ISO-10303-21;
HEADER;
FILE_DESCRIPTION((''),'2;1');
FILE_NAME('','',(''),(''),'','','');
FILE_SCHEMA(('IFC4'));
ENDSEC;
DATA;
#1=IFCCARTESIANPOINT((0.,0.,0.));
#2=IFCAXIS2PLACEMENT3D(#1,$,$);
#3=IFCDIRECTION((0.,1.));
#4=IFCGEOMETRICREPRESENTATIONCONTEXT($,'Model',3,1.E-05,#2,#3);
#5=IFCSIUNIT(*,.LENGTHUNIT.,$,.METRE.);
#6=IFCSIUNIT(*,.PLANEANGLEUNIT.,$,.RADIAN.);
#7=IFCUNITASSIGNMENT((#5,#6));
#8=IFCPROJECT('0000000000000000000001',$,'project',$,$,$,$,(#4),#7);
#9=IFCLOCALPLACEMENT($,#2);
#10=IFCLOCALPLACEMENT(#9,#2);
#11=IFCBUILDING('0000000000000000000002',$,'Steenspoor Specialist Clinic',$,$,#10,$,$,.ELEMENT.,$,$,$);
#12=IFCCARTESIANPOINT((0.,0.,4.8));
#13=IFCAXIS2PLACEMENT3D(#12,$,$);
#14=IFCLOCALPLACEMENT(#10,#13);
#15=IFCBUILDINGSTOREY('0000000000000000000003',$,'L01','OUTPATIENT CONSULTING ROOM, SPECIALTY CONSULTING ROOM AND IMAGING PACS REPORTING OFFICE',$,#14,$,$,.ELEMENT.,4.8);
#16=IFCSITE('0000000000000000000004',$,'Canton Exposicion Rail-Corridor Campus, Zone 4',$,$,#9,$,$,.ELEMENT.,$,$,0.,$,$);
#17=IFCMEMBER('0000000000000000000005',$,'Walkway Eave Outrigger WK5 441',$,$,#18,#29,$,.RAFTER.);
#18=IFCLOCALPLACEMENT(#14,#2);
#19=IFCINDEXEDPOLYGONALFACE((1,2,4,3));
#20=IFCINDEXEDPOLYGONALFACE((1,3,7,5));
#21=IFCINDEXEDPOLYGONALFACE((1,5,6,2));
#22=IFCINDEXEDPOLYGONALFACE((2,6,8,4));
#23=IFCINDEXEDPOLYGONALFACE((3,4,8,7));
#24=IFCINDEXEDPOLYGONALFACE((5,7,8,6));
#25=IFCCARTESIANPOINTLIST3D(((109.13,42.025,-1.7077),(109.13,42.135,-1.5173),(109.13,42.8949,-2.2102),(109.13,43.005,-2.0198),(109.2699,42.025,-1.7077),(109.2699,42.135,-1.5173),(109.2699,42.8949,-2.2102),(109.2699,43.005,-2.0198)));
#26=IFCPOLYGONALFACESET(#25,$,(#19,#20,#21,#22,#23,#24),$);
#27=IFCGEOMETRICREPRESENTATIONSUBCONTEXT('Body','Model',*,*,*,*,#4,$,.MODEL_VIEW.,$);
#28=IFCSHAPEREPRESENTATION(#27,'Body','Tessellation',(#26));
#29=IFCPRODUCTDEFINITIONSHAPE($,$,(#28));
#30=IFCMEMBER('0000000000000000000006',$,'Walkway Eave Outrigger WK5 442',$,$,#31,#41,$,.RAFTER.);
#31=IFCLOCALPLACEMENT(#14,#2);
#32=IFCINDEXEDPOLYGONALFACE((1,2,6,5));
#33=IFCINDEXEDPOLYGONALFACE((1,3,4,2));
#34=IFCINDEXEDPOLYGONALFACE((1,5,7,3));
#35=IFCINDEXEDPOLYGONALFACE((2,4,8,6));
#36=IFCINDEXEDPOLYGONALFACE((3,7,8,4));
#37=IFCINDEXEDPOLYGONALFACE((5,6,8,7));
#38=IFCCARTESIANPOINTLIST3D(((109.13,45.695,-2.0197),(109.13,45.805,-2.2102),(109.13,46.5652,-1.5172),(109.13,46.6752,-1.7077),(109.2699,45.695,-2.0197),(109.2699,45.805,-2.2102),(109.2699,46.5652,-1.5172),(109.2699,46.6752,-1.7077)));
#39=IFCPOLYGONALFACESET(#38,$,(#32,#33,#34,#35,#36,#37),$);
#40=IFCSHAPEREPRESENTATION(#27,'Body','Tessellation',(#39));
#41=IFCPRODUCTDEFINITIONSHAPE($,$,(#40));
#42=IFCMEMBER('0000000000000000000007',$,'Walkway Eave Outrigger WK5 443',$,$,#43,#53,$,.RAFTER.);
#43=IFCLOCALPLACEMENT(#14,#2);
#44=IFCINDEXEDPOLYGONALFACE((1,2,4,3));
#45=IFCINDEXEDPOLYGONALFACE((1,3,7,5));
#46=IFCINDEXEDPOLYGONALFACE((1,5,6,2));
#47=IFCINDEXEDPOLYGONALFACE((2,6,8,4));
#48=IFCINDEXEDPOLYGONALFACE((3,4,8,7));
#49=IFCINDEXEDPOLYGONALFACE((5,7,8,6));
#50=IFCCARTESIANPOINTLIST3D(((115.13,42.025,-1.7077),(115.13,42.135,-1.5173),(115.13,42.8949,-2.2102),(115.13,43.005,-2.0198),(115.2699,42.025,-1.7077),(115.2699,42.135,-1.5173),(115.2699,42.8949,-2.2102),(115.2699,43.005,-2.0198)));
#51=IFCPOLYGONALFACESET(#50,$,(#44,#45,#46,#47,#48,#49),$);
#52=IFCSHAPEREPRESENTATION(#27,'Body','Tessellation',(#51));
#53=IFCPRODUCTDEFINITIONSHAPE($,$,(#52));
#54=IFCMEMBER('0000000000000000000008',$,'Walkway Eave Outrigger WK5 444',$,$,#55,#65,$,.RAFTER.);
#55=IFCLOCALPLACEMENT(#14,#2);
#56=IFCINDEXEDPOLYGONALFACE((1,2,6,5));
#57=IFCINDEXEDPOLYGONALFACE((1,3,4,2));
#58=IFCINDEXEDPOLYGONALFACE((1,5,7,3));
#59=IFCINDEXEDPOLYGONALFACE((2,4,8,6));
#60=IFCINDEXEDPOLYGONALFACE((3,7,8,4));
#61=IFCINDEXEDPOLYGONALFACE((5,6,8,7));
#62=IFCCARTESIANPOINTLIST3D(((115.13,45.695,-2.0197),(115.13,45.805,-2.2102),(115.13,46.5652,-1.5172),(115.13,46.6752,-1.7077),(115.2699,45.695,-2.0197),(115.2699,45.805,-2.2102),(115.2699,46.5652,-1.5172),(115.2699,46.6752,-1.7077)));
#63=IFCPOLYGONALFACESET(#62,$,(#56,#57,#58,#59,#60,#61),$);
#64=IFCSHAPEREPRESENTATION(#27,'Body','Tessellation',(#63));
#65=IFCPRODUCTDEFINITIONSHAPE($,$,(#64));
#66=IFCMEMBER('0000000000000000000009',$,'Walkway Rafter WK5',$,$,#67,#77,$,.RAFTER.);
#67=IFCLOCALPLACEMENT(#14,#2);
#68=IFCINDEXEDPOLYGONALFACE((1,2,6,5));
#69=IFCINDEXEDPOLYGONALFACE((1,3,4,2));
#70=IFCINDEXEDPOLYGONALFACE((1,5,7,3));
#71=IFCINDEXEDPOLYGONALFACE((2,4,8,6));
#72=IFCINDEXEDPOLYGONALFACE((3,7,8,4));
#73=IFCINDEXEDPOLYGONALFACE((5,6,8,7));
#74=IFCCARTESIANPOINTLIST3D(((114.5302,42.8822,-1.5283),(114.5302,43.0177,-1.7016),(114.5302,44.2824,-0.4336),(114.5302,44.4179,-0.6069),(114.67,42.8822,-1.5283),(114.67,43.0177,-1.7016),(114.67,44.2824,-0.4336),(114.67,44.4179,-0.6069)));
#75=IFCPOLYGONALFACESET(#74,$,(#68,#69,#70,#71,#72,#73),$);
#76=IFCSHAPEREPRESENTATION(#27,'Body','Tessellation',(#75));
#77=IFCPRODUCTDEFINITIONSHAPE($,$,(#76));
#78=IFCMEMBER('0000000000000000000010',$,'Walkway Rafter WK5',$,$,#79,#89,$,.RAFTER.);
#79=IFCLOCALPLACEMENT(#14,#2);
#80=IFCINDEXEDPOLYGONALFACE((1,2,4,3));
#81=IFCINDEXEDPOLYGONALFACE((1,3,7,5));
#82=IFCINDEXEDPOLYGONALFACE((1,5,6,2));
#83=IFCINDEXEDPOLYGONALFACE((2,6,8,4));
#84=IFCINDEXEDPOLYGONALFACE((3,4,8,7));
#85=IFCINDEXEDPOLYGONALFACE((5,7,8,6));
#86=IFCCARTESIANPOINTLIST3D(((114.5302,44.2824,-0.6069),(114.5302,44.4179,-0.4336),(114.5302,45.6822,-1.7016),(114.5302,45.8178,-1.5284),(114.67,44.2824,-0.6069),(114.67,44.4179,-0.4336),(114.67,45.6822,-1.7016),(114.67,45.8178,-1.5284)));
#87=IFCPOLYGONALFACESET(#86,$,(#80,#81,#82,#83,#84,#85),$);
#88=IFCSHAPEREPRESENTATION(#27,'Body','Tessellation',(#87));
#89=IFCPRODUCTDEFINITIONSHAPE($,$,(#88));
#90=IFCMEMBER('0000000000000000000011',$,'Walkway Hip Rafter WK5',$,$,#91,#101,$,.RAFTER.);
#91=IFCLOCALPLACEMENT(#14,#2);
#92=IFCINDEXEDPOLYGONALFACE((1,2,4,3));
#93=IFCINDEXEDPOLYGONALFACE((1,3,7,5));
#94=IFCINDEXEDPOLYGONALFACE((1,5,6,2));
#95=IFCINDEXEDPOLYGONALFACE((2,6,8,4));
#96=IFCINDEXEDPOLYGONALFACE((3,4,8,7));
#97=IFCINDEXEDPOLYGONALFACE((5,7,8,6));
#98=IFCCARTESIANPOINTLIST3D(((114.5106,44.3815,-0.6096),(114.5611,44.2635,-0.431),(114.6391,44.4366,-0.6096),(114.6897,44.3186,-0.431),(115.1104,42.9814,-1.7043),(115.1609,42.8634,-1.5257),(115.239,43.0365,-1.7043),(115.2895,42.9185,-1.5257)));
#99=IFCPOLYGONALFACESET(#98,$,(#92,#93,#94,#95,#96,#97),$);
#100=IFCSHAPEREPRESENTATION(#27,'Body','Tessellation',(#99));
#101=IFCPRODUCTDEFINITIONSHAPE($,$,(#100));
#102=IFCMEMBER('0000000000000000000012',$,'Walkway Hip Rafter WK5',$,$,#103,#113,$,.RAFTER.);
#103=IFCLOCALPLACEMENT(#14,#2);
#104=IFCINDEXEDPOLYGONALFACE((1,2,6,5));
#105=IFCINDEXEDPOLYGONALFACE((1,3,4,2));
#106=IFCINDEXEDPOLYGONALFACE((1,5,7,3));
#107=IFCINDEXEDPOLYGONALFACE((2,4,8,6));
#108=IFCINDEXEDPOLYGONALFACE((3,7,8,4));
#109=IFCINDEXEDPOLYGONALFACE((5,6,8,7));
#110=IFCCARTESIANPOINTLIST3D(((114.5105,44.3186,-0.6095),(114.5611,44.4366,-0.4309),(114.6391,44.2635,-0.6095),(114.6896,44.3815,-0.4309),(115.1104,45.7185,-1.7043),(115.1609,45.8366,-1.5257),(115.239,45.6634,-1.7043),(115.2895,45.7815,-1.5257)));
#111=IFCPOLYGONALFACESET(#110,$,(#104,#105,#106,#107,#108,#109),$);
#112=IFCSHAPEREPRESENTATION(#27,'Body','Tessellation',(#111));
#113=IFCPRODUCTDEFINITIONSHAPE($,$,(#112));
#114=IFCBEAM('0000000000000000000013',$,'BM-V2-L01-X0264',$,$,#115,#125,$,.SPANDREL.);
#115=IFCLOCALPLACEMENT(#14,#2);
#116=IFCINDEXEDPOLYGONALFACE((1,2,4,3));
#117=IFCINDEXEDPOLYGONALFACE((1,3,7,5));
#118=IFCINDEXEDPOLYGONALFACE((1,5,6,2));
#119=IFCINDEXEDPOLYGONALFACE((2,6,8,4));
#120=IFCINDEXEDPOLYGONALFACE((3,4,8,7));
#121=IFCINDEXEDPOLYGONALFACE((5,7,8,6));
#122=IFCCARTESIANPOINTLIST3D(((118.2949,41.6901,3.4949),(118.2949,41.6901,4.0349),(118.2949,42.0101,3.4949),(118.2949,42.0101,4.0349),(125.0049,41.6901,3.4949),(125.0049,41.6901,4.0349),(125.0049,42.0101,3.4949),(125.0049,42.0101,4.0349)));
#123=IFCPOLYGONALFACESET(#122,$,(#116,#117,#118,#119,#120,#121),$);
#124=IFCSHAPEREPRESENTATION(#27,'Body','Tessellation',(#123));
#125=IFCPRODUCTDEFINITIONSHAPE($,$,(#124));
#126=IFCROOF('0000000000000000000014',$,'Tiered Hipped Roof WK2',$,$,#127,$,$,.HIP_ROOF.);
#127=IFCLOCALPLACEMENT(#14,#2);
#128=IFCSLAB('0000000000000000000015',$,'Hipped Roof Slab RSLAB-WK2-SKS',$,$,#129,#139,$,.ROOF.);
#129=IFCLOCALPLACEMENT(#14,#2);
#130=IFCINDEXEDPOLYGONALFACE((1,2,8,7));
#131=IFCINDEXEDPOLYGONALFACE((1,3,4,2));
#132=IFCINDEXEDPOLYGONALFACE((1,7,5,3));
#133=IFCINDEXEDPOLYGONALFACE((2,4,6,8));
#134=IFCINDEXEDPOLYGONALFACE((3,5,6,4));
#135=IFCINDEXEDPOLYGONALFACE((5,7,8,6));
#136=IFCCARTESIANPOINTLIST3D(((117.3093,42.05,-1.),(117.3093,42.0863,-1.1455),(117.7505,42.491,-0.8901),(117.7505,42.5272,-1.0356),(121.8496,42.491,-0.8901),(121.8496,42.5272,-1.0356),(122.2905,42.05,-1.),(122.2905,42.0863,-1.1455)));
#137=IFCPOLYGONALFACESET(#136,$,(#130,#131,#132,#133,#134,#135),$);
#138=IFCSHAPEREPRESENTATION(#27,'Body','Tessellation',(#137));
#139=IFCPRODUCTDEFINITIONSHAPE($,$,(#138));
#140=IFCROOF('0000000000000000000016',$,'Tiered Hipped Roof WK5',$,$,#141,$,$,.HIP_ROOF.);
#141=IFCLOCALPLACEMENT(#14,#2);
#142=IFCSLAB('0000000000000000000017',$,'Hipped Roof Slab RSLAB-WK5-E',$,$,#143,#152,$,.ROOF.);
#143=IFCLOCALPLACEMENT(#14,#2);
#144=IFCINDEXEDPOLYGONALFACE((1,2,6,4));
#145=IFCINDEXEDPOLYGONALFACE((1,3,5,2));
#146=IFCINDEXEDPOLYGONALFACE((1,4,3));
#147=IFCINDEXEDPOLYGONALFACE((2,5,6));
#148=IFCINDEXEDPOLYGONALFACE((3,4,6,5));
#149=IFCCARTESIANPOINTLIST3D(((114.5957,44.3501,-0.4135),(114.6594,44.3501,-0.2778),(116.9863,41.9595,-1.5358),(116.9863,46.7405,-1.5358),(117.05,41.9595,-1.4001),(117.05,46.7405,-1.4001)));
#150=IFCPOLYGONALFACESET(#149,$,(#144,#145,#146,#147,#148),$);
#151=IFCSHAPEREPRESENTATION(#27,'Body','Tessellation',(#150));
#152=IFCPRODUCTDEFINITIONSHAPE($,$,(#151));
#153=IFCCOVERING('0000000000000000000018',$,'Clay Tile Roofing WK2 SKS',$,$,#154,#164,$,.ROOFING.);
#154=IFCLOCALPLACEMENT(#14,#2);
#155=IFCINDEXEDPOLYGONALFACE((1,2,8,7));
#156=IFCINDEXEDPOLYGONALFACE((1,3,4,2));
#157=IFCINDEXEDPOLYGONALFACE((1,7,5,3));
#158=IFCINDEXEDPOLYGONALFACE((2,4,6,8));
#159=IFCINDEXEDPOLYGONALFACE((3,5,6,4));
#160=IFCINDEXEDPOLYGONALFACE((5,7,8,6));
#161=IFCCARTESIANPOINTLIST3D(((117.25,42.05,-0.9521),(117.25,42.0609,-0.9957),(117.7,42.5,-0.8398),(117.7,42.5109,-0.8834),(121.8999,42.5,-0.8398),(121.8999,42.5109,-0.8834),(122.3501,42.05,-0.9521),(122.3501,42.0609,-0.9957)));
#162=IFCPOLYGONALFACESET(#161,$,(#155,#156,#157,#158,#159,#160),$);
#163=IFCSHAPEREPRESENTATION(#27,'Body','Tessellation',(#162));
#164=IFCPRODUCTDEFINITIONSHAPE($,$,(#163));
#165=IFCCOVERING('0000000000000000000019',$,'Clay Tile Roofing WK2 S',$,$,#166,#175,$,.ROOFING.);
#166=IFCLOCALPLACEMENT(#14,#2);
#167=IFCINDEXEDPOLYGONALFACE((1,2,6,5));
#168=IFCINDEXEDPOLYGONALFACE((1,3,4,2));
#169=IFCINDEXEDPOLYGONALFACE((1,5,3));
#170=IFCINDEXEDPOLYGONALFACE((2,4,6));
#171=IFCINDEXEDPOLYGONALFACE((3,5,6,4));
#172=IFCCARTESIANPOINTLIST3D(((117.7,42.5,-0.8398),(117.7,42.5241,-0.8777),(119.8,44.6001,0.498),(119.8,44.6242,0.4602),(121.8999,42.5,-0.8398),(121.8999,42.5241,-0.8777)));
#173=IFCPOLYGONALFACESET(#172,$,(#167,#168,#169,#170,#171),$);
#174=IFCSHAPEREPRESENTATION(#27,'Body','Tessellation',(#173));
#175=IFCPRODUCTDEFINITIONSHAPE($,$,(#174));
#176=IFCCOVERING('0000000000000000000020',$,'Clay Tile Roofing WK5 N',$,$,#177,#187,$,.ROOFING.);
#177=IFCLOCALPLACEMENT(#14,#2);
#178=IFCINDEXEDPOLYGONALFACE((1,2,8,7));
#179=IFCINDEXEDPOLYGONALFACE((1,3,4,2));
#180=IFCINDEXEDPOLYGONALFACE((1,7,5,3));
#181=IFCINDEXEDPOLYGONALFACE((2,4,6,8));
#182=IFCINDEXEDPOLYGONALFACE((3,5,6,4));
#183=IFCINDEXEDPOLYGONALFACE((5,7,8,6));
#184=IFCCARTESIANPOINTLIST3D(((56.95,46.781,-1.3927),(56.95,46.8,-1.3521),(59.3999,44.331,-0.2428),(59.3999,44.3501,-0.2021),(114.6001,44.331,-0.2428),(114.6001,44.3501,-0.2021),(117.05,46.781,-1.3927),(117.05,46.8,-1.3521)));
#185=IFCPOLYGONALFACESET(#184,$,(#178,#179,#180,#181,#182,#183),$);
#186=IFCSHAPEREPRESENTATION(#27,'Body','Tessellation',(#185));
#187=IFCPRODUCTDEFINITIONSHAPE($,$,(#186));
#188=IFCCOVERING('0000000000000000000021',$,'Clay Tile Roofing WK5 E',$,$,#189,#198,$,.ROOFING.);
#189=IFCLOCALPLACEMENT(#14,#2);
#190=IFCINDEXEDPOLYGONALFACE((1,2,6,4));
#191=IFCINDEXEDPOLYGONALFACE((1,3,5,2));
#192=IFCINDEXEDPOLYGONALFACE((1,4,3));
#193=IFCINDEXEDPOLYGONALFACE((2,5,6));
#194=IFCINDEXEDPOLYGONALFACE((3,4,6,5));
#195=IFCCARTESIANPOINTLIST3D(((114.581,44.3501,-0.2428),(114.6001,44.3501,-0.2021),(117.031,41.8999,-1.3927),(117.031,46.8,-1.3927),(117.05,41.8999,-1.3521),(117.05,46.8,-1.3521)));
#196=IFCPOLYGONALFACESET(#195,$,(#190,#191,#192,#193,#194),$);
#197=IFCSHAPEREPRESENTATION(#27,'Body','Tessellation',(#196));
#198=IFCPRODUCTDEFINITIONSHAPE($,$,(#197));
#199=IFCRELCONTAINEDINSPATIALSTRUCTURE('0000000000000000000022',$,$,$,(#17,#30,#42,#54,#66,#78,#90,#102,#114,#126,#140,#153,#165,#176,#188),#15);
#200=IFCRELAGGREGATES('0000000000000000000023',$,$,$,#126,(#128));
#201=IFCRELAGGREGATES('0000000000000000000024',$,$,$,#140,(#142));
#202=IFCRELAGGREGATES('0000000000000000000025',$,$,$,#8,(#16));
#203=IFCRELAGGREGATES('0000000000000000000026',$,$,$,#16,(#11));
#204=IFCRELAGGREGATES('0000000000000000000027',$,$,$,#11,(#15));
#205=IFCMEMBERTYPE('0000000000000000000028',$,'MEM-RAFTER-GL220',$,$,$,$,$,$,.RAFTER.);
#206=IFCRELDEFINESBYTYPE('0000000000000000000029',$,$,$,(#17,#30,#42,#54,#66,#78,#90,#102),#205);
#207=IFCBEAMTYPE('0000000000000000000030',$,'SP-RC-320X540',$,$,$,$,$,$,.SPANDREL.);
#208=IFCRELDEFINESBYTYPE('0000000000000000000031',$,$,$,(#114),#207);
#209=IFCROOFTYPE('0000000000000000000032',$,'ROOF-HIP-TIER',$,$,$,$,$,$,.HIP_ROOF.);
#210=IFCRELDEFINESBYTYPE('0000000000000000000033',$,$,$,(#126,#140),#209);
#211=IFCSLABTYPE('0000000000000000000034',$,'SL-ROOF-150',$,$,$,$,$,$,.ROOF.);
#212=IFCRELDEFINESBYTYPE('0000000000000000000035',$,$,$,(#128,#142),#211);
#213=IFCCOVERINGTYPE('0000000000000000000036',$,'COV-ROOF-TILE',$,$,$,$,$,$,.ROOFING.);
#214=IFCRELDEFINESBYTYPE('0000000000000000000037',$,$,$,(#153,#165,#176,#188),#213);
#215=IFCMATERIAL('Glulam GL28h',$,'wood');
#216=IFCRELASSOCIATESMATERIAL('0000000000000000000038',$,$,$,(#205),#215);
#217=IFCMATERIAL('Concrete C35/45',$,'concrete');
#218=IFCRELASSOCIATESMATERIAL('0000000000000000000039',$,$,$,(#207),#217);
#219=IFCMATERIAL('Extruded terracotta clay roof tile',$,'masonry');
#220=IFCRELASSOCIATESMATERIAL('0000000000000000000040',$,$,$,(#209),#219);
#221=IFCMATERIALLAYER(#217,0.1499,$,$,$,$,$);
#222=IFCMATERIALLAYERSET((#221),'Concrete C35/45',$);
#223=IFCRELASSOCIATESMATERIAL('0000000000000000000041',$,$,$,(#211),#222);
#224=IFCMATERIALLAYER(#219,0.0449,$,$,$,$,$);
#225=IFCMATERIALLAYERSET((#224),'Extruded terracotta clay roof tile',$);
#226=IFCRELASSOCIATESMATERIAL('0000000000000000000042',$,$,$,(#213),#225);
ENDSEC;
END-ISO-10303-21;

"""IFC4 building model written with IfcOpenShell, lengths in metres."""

from ifc_helpers import new_model, si_unit, direction, frame, origin, origin_2d, place, context, subcontext, project, spatial, polyline, rectangle, outline, extrude, material, layer, layer_set, material_profile, profile_set, type_object, element, aggregate, save


model = new_model("IFC4")

# Units and contexts
model_context = context("Model", 3, precision=1e-05, world=origin(), true_north=direction((0.0, 1.0)))
body_context = subcontext(model_context, "Body", "Model", "MODEL_VIEW")
ifc_project = project(units=[si_unit("LENGTHUNIT", "METRE"), si_unit("PLANEANGLEUNIT", "RADIAN")], contexts=[model_context])

# Site, building, storey
site_placement = place(None, origin())
site = spatial("IfcSite", under=ifc_project, at=site_placement, Name="Canton Exposicion Rail-Corridor Campus, Zone 4", CompositionType="ELEMENT", RefElevation=0.0)
building_placement = place(site_placement, origin())
building = spatial("IfcBuilding", under=site, at=building_placement, Name="Steenspoor Specialist Clinic", CompositionType="ELEMENT")
storey_placement = place(building_placement, frame((0.0, 0.0, 4.8)))
storey = spatial("IfcBuildingStorey", under=building, at=storey_placement, Name="L01", Description="OUTPATIENT CONSULTING ROOM, SPECIALTY CONSULTING ROOM AND IMAGING PACS REPORTING OFFICE", CompositionType="ELEMENT", Elevation=4.8)

# Members
ifc_material_1 = material(Name="Glulam GL28h", Category="wood")
ifc_material_profile_1 = material_profile(ifc_material_1, rectangle(XDim=0.1399, YDim=0.22, at=origin_2d()), Name="GL28H-140X220")
ifc_profile_set_1 = profile_set([ifc_material_profile_1], Name="Glulam GL28h")
member_type_1 = type_object("IfcMemberType", Name="MEM-RAFTER-GL220", PredefinedType="RAFTER", material=ifc_profile_set_1)
member_1_placement = place(storey_placement, frame((109.2, 42.95, -2.115), z_axis=(0.0, -0.865931, 0.500164), x_axis=(1.0, 0.0, 0.0)))
element("IfcMember", 1, at=member_1_placement, inside=storey, type_object=member_type_1, Name="Walkway Eave Outrigger WK5 441", PredefinedType="RAFTER", context=body_context, shape_type="SweptSolid", body=[
    extrude(rectangle(XDim=0.1399, YDim=0.22, at=origin_2d()), origin(), (0.0, 0.0, 1.0), 1.0046),
])
member_2_placement = place(storey_placement, frame((109.2, 45.75, -2.115), z_axis=(0.0, 0.865991, 0.500059), x_axis=(-1.0, 0.0, 0.0)))
element("IfcMember", 2, at=member_2_placement, inside=storey, type_object=member_type_1, Name="Walkway Eave Outrigger WK5 442", PredefinedType="RAFTER", context=body_context, shape_type="SweptSolid", body=[
    extrude(rectangle(XDim=0.1399, YDim=0.22, at=origin_2d()), origin(), (0.0, 0.0, 1.0), 1.0049),
])
member_3_placement = place(storey_placement, frame((115.2, 42.95, -2.115), z_axis=(0.0, -0.865931, 0.500164), x_axis=(1.0, 0.0, 0.0)))
element("IfcMember", 3, at=member_3_placement, inside=storey, type_object=member_type_1, Name="Walkway Eave Outrigger WK5 443", PredefinedType="RAFTER", context=body_context, shape_type="SweptSolid", body=[
    extrude(rectangle(XDim=0.1399, YDim=0.22, at=origin_2d()), origin(), (0.0, 0.0, 1.0), 1.0046),
])
member_4_placement = place(storey_placement, frame((115.2, 45.75, -2.115), z_axis=(0.0, 0.865991, 0.500059), x_axis=(-1.0, 0.0, 0.0)))
element("IfcMember", 4, at=member_4_placement, inside=storey, type_object=member_type_1, Name="Walkway Eave Outrigger WK5 444", PredefinedType="RAFTER", context=body_context, shape_type="SweptSolid", body=[
    extrude(rectangle(XDim=0.1399, YDim=0.22, at=origin_2d()), origin(), (0.0, 0.0, 1.0), 1.0049),
])
member_5_placement = place(storey_placement, frame((114.6001, 42.95, -1.615), z_axis=(0.0, 0.787789, 0.615945), x_axis=(-1.0, 0.0, 0.0)))
element("IfcMember", 5, at=member_5_placement, inside=storey, type_object=member_type_1, Name="Walkway Rafter WK5", PredefinedType="RAFTER", context=body_context, shape_type="SweptSolid", body=[
    extrude(rectangle(XDim=0.1399, YDim=0.22, at=origin_2d()), origin(), (0.0, 0.0, 1.0), 1.7773),
])
member_6_placement = place(storey_placement, frame((114.6001, 45.75, -1.615), z_axis=(0.0, -0.787737, 0.616012), x_axis=(1.0, 0.0, 0.0)))
element("IfcMember", 6, at=member_6_placement, inside=storey, type_object=member_type_1, Name="Walkway Rafter WK5", PredefinedType="RAFTER", context=body_context, shape_type="SweptSolid", body=[
    extrude(rectangle(XDim=0.1399, YDim=0.22, at=origin_2d()), origin(), (0.0, 0.0, 1.0), 1.7771),
])
for number, where, z_axis, x_axis, name in (
    (7, (115.2, 42.95, -1.615), (-0.319784, 0.746423, 0.583602), (-0.919195, -0.393803, 0.0), "Walkway Hip Rafter WK5"),
    (8, (115.2, 45.75, -1.615), (-0.319815, -0.746365, 0.583659), (0.91917, -0.393861, 0.0), "Walkway Hip Rafter WK5"),
):
    element("IfcMember", number, at=place(storey_placement, frame(where, z_axis=z_axis, x_axis=x_axis)), inside=storey, type_object=member_type_1, Name=name, PredefinedType="RAFTER", context=body_context, shape_type="SweptSolid", body=[
        extrude(rectangle(XDim=0.1399, YDim=0.22, at=origin_2d()), origin(), (0.0, 0.0, 1.0), 1.8757),
    ])

# Beam
ifc_material_2 = material(Name="Concrete C35/45", Category="concrete")
ifc_material_profile_2 = material_profile(ifc_material_2, rectangle(XDim=0.3201, YDim=0.54, at=origin_2d()), Name="RC-SP-320X540")
ifc_profile_set_2 = profile_set([ifc_material_profile_2], Name="Concrete C35/45")
beam_type = type_object("IfcBeamType", Name="SP-RC-320X540", PredefinedType="SPANDREL", material=ifc_profile_set_2)
beam_placement = place(storey_placement, frame((118.2949, 41.8501, 3.7649), z_axis=(1.0, 0.0, 0.0), x_axis=(0.0, 1.0, 0.0)))
element("IfcBeam", 9, at=beam_placement, inside=storey, type_object=beam_type, Name="BM-V2-L01-X0264", PredefinedType="SPANDREL", context=body_context, shape_type="SweptSolid", body=[
    extrude(rectangle(XDim=0.3201, YDim=0.54, at=origin_2d()), origin(), (0.0, 0.0, 1.0), 6.71),
])

# Roofs, slabs
ifc_material_3 = material(Name="Extruded terracotta clay roof tile", Category="masonry")
roof_type = type_object("IfcRoofType", Name="ROOF-HIP-TIER", PredefinedType="HIP_ROOF", material=ifc_material_3)
roof_1_placement = place(storey_placement, origin())
roof_1 = element("IfcRoof", 10, at=roof_1_placement, inside=storey, type_object=roof_type, Name="Tiered Hipped Roof WK2", PredefinedType="HIP_ROOF")
ifc_layer_1 = layer(ifc_material_2, 0.1499)
ifc_layer_set_1 = layer_set([ifc_layer_1], Name="Concrete C35/45")
slab_type = type_object("IfcSlabType", Name="SL-ROOF-150", PredefinedType="ROOF", material=ifc_layer_set_1)
slab_1_placement = place(storey_placement, frame((117.7505, 42.491, -0.8901), z_axis=(0.0, -0.241777, 0.970332), x_axis=(-0.696579, -0.696194, -0.17347)))
slab_1 = element("IfcSlab", 11, at=slab_1_placement, type_object=slab_type, Name="Hipped Roof Slab RSLAB-WK2-SKS", PredefinedType="ROOF", context=body_context, shape_type="SweptSolid", body=[
    extrude(outline(polyline([(0.0, 0.0), (0.6333, 0.0), (-2.8365, 3.5739), (-2.8554, 2.941), (0.0, 0.0)])), origin(), (0.0, 0.0, -1.0), 0.1499),
])
aggregate(roof_1, [slab_1])
roof_2_placement = place(storey_placement, origin())
roof_2 = element("IfcRoof", 12, at=roof_2_placement, inside=storey, type_object=roof_type, Name="Tiered Hipped Roof WK5", PredefinedType="HIP_ROOF")
slab_2_placement = place(storey_placement, frame((114.6594, 44.3501, -0.2778), z_axis=(0.424964, 0.0, 0.90521), x_axis=(0.671096, -0.671096, -0.315056)))
slab_2 = element("IfcSlab", 13, at=slab_2_placement, type_object=slab_type, Name="Hipped Roof Slab RSLAB-WK5-E", PredefinedType="ROOF", context=body_context, shape_type="SweptSolid", body=[
    extrude(outline(polyline([(0.0, 0.0), (3.5623, 0.0), (0.3538, 3.5445), (0.0, 0.0)])), origin(), (0.0, 0.0, -1.0), 0.1499),
])
aggregate(roof_2, [slab_2])

# Coverings
ifc_layer_2 = layer(ifc_material_3, 0.0449)
ifc_layer_set_2 = layer_set([ifc_layer_2], Name="Extruded terracotta clay roof tile")
covering_type = type_object("IfcCoveringType", Name="COV-ROOF-TILE", PredefinedType="ROOFING", material=ifc_layer_set_2)
covering_1_placement = place(storey_placement, frame((117.25, 42.05, -0.9521), z_axis=(0.0, -0.242164, 0.970235), x_axis=(1.0, 0.0, 0.0)))
element("IfcCovering", 14, at=covering_1_placement, inside=storey, type_object=covering_type, Name="Clay Tile Roofing WK2 SKS", PredefinedType="ROOFING", context=body_context, shape_type="SweptSolid", body=[
    extrude(outline(polyline([(0.0, 0.0), (5.1001, 0.0), (4.6499, 0.4638), (0.45, 0.4638), (0.0, 0.0)])), origin(), (0.0, 0.0, -1.0), 0.0449),
])
covering_2_placement = place(storey_placement, frame((117.7, 42.5, -0.8398), z_axis=(0.0, -0.537294, 0.843395), x_axis=(1.0, 0.0, 0.0)))
element("IfcCovering", 15, at=covering_2_placement, inside=storey, type_object=covering_type, Name="Clay Tile Roofing WK2 S", PredefinedType="ROOFING", context=body_context, shape_type="SweptSolid", body=[
    extrude(outline(polyline([(0.0, 0.0), (4.2, 0.0), (2.1001, 2.4901), (0.0, 0.0)])), origin(), (0.0, 0.0, -1.0), 0.0449),
])
covering_3_placement = place(storey_placement, frame((117.05, 46.8, -1.3521), z_axis=(0.0, 0.424885, 0.905248), x_axis=(-1.0, 0.0, 0.0)))
element("IfcCovering", 16, at=covering_3_placement, inside=storey, type_object=covering_type, Name="Clay Tile Roofing WK5 N", PredefinedType="ROOFING", context=body_context, shape_type="SweptSolid", body=[
    extrude(outline(polyline([(0.0, 0.0), (60.1001, 0.0), (57.6501, 2.7064), (2.45, 2.7064), (0.0, 0.0)])), origin(), (0.0, 0.0, -1.0), 0.0449),
])
covering_4_placement = place(storey_placement, frame((117.05, 41.8999, -1.3521), z_axis=(0.424885, 0.0, 0.905248), x_axis=(0.0, 1.0, 0.0)))
element("IfcCovering", 17, at=covering_4_placement, inside=storey, type_object=covering_type, Name="Clay Tile Roofing WK5 E", PredefinedType="ROOFING", context=body_context, shape_type="SweptSolid", body=[
    extrude(outline(polyline([(0.0, 0.0), (4.9001, 0.0), (2.4502, 2.7064), (0.0, 0.0)])), origin(), (0.0, 0.0, -1.0), 0.0449),
])

save(model, "model.ifc")
